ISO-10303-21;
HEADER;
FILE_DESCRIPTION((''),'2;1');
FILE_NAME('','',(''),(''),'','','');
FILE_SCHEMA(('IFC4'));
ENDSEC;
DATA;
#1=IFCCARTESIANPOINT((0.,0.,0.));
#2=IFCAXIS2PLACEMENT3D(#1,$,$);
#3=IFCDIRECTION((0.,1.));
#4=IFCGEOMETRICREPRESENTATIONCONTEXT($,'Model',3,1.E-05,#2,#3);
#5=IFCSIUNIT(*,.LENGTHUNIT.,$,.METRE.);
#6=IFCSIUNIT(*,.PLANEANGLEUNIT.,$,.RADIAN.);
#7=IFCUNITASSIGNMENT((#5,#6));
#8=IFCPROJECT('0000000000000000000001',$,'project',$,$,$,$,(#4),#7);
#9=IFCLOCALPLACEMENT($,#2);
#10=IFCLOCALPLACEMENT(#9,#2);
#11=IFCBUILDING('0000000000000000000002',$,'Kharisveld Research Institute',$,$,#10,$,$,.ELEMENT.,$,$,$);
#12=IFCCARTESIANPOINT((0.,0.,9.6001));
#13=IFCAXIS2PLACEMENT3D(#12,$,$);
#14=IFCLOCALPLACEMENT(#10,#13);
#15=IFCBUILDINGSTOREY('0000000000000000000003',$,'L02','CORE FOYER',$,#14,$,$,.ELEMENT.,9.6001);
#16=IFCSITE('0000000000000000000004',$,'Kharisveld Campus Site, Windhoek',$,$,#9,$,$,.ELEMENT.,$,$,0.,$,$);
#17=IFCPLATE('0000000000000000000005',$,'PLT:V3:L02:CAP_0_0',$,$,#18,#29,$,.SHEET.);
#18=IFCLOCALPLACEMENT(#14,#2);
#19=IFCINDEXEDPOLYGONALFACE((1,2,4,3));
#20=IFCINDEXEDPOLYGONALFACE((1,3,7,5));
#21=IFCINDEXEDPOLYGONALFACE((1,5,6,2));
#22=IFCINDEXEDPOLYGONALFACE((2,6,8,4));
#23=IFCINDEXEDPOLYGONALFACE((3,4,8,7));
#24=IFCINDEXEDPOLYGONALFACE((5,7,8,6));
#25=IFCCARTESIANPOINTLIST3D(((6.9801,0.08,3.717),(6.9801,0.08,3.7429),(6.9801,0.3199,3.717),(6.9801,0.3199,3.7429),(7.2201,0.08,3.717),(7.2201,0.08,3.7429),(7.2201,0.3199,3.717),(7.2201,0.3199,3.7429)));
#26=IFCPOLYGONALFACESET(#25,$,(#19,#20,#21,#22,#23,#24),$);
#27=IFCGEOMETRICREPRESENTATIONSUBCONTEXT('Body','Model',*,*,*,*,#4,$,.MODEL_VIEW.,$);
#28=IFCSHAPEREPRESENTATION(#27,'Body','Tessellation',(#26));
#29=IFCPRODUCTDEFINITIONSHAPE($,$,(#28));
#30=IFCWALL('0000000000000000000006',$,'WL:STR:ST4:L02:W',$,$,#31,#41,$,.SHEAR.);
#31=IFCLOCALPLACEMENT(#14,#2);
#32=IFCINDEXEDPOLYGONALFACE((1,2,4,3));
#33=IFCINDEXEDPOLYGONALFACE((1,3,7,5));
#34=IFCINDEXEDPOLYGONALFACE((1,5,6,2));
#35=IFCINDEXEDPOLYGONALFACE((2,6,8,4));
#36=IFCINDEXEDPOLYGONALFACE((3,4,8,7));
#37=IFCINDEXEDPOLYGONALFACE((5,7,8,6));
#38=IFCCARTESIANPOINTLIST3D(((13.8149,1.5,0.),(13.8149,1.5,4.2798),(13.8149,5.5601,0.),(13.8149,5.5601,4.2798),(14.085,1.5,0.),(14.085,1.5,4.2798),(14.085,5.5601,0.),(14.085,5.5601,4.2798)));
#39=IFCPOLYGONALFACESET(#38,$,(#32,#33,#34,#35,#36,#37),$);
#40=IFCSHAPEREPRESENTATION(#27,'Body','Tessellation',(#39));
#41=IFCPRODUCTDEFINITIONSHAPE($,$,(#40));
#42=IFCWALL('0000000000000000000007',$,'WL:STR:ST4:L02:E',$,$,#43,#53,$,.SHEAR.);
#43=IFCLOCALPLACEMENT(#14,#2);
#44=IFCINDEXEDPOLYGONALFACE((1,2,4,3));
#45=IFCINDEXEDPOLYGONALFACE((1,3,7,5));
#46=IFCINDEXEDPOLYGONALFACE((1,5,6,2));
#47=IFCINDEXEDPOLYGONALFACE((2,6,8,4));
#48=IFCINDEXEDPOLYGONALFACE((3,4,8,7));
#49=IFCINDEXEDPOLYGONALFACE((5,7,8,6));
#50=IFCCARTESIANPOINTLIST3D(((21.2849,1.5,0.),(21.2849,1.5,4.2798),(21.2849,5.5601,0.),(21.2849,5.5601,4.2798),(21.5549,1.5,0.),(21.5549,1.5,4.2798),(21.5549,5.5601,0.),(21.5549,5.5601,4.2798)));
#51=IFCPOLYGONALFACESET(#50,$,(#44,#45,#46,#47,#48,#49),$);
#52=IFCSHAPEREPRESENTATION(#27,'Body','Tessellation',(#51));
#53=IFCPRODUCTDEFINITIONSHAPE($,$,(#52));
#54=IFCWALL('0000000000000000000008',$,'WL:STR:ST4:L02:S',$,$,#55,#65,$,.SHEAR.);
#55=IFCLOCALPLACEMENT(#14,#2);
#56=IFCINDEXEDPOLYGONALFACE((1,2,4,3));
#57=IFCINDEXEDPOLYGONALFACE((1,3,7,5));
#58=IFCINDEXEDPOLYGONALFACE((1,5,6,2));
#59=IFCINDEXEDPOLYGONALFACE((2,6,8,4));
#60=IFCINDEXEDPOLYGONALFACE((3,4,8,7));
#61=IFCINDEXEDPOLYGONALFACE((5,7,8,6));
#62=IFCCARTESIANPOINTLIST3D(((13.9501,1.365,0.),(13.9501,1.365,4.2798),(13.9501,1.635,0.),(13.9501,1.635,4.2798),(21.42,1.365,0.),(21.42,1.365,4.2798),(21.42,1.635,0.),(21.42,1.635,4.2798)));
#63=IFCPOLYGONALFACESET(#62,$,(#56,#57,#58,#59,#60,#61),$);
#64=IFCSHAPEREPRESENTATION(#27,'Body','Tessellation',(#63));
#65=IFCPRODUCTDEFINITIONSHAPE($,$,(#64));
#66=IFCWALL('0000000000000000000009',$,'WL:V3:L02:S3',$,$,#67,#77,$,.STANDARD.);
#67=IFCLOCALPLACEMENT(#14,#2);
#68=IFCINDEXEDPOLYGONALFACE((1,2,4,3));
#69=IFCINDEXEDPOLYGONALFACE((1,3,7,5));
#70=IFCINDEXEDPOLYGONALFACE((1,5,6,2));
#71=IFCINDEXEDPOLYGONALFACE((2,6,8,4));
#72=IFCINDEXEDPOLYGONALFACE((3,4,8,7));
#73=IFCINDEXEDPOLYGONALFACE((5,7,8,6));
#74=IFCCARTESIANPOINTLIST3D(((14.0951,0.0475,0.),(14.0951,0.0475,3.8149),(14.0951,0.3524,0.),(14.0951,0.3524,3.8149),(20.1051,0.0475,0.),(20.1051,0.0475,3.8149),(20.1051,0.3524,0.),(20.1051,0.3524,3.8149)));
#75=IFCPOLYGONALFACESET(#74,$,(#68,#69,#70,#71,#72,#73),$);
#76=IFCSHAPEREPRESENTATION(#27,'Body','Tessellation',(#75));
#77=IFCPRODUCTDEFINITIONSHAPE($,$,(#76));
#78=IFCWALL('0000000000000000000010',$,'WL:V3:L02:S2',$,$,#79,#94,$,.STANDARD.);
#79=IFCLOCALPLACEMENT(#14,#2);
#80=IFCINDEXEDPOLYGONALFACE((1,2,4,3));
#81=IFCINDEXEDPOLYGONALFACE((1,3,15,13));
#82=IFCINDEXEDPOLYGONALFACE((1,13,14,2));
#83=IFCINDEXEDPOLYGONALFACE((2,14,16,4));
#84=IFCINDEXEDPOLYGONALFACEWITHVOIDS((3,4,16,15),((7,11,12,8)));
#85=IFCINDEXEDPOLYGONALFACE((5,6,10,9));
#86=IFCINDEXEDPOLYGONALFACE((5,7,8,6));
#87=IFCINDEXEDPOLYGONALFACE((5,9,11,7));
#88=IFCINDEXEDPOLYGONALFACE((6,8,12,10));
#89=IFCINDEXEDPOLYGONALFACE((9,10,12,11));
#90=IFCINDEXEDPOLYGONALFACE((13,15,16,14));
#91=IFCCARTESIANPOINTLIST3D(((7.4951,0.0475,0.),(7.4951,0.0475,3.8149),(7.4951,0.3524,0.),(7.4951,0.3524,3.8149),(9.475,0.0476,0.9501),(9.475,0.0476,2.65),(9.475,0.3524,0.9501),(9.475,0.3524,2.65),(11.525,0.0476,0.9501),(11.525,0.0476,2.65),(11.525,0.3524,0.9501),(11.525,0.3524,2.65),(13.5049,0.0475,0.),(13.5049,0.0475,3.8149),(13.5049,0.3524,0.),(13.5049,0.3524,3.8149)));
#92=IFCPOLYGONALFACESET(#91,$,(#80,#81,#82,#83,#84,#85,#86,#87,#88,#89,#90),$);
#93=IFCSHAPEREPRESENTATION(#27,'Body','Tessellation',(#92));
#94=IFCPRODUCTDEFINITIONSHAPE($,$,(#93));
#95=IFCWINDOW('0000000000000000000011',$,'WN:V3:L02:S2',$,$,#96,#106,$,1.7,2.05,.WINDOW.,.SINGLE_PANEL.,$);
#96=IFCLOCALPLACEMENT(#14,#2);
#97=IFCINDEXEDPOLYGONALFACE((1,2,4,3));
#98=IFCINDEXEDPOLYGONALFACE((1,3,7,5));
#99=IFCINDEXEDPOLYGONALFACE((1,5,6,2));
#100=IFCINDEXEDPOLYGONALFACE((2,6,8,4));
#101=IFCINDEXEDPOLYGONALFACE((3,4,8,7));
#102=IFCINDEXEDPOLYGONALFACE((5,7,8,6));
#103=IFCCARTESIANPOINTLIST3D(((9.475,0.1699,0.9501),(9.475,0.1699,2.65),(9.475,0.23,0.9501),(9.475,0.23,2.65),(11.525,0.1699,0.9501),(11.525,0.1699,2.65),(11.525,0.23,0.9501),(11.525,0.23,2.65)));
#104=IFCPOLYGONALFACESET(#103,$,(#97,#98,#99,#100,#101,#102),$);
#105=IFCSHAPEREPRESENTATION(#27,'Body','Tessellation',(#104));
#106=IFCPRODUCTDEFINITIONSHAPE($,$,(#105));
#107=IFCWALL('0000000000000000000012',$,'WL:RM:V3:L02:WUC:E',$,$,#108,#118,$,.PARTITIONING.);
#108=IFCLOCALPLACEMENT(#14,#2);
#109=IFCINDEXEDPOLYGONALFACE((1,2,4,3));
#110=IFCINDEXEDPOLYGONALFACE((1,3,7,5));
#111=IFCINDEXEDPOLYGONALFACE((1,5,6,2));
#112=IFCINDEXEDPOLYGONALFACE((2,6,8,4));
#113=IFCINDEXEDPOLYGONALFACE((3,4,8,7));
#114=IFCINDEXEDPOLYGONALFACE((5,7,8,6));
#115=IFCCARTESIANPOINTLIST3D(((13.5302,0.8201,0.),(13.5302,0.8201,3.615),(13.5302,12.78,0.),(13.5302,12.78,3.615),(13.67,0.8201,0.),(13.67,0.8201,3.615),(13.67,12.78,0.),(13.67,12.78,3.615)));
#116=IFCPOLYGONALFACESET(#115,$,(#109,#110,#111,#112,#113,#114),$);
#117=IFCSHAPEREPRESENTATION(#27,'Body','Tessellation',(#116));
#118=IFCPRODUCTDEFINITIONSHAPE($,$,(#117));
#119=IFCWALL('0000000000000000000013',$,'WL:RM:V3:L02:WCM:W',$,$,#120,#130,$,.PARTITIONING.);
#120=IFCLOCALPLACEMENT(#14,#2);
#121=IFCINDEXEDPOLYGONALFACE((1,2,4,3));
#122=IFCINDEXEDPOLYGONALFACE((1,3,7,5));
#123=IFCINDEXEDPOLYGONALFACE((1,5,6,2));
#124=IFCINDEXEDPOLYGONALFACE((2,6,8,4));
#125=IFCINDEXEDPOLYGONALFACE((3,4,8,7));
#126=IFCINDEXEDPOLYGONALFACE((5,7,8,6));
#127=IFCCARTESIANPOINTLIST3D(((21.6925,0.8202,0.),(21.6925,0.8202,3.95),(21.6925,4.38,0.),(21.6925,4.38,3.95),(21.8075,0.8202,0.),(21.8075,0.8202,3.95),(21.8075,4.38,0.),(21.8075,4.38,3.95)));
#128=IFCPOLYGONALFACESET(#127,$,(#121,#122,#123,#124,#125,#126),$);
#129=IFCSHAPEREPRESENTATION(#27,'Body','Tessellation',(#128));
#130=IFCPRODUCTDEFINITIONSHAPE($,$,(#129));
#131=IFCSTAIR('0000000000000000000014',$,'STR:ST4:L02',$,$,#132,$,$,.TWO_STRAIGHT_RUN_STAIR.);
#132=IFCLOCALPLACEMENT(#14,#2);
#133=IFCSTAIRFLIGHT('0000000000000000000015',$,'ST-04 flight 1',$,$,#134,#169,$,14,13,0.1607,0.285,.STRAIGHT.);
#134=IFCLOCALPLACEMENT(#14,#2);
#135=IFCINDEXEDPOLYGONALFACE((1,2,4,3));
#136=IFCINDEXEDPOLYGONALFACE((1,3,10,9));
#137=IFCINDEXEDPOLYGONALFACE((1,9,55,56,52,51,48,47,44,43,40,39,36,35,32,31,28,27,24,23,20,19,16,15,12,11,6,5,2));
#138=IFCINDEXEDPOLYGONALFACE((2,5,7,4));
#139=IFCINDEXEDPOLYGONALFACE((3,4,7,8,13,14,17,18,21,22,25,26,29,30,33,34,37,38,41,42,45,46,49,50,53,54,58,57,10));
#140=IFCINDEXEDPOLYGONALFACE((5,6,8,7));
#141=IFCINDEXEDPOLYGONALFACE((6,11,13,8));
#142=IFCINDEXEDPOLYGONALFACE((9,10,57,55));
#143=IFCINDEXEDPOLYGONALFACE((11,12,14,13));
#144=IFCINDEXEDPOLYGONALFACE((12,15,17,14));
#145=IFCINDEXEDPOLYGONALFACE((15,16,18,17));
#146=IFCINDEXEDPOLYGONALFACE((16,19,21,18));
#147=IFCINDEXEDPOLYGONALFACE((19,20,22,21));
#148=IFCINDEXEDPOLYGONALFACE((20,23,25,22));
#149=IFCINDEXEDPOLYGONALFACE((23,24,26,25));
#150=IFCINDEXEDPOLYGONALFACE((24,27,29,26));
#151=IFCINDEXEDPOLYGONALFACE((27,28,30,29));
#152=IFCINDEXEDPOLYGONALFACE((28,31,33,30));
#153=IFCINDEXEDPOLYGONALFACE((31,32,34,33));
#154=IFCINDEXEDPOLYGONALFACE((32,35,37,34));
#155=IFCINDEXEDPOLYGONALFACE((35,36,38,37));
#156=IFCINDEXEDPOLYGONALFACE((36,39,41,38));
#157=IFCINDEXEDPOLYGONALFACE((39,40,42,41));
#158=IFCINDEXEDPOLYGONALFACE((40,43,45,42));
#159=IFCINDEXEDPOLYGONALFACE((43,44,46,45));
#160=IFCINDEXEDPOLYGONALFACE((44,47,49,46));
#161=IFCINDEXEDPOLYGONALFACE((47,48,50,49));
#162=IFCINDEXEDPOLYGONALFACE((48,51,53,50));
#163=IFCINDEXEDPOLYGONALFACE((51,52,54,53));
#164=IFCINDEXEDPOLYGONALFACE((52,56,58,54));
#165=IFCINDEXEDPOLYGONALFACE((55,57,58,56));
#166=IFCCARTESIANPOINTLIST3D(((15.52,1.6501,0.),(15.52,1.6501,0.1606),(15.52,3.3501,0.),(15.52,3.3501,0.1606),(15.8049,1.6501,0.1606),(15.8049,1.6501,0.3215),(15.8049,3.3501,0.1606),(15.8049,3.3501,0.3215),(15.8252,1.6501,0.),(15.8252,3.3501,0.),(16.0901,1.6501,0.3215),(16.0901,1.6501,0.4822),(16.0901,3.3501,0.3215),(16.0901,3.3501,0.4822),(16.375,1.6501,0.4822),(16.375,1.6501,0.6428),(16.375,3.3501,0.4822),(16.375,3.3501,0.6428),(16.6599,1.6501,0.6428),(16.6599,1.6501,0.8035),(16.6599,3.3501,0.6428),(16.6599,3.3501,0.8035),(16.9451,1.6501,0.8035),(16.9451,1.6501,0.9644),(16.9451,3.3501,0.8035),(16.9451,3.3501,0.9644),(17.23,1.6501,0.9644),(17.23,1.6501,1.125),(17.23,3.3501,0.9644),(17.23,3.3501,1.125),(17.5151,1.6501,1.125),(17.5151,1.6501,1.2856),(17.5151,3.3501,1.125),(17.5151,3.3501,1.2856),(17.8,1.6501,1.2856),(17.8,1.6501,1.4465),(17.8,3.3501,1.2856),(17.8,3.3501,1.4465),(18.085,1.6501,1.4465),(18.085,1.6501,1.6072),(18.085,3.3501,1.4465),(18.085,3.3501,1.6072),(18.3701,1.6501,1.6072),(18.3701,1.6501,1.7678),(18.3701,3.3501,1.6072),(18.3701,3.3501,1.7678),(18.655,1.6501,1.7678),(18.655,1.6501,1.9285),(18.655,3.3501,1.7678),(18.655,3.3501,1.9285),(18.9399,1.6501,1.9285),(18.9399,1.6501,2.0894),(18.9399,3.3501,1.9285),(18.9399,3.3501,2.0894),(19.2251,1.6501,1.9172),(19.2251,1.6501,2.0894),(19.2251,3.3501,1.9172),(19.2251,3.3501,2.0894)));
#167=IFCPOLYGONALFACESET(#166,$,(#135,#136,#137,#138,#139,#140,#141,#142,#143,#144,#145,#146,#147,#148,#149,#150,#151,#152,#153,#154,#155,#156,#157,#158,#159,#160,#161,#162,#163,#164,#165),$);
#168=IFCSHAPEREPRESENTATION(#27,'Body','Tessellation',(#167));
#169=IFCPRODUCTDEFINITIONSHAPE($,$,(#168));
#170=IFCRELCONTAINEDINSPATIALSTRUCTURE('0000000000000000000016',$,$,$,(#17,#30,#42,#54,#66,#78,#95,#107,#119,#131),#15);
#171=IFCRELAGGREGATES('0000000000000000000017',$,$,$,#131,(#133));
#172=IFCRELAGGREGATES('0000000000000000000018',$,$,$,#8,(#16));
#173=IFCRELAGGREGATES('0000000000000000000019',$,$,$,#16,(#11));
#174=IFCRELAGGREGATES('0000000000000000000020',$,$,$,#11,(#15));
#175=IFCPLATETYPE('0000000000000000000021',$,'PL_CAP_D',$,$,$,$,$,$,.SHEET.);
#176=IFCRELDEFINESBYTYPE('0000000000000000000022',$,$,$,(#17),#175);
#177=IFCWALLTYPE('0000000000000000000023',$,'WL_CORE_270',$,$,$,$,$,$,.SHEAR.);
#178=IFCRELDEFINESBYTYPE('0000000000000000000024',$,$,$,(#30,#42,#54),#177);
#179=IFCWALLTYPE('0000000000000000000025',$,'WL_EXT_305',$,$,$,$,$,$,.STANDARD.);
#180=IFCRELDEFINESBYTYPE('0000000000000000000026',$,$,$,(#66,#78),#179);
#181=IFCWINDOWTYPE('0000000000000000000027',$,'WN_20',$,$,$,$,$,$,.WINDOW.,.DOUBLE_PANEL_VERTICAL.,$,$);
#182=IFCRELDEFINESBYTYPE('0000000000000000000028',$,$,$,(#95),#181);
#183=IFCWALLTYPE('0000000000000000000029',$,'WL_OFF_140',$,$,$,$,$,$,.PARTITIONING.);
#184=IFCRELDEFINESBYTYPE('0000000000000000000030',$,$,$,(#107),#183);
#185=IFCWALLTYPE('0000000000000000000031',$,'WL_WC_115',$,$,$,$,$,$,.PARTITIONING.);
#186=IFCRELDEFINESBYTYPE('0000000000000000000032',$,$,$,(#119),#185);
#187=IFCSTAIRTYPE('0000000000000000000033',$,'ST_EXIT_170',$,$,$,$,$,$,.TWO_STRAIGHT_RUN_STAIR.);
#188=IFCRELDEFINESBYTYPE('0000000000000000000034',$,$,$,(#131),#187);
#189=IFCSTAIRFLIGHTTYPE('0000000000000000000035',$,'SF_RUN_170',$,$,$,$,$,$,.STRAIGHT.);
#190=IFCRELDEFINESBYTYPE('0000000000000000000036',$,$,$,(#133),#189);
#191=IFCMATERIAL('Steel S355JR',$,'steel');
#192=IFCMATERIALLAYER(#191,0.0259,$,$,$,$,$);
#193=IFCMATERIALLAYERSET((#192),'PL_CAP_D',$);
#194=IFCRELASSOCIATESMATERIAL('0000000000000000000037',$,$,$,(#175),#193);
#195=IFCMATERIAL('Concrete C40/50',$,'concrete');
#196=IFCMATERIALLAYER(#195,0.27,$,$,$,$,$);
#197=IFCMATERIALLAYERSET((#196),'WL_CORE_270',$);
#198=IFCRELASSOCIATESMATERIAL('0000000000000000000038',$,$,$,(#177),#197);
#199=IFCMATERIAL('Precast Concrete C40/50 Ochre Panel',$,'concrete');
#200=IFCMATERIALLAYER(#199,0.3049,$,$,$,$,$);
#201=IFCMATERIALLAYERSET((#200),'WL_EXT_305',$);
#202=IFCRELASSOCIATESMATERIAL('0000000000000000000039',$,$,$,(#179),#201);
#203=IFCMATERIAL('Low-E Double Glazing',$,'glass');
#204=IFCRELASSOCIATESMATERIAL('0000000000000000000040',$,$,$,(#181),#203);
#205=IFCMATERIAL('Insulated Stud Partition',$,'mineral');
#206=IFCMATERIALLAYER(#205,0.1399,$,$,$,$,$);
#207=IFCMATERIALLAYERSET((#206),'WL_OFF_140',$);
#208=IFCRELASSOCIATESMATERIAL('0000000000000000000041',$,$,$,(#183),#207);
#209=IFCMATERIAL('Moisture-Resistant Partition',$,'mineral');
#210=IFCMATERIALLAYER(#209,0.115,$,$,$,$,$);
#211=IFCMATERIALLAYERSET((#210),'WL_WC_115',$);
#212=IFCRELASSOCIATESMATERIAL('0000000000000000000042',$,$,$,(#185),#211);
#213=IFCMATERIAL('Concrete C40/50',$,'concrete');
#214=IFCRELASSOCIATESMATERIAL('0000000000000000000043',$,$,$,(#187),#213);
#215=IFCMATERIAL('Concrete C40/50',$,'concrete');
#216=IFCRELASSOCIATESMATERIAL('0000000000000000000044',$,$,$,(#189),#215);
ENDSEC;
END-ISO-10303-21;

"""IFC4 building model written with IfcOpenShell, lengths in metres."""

from ifc_helpers import new_model, si_unit, direction, frame, frame_2d, origin, origin_2d, place, context, subcontext, project, spatial, polyline, rectangle, outline, extrude, material, layer, layer_set, type_object, element, fill, aggregate, save


model = new_model("IFC4")

# Units and contexts
model_context = context("Model", 3, precision=1e-05, world=origin(), true_north=direction((0.0, 1.0)))
body_context = subcontext(model_context, "Body", "Model", "MODEL_VIEW")
ifc_project = project(units=[si_unit("LENGTHUNIT", "METRE"), si_unit("PLANEANGLEUNIT", "RADIAN")], contexts=[model_context])

# Site, building, storey
site_placement = place(None, origin())
site = spatial("IfcSite", under=ifc_project, at=site_placement, Name="Kharisveld Campus Site, Windhoek", CompositionType="ELEMENT", RefElevation=0.0)
building_placement = place(site_placement, origin())
building = spatial("IfcBuilding", under=site, at=building_placement, Name="Kharisveld Research Institute", CompositionType="ELEMENT")
storey_placement = place(building_placement, frame((0.0, 0.0, 9.6001)))
storey = spatial("IfcBuildingStorey", under=building, at=storey_placement, Name="L02", Description="CORE FOYER", CompositionType="ELEMENT", Elevation=9.6001)

# Plate
ifc_material_1 = material(Name="Steel S355JR", Category="steel")
ifc_layer_1 = layer(ifc_material_1, 0.0259)
ifc_layer_set_1 = layer_set([ifc_layer_1], Name="PL_CAP_D")
plate_type = type_object("IfcPlateType", Name="PL_CAP_D", PredefinedType="SHEET", material=ifc_layer_set_1)
plate_placement = place(storey_placement, frame((7.1001, 0.2, 3.717), z_axis=(0.0, 0.0, 1.0), x_axis=(1.0, 0.0, 0.0)))
element("IfcPlate", 1, at=plate_placement, inside=storey, type_object=plate_type, Name="PLT:V3:L02:CAP_0_0", PredefinedType="SHEET", context=body_context, shape_type="SweptSolid", body=[
    extrude(rectangle(XDim=0.24, YDim=0.24, at=origin_2d()), origin(), (0.0, 0.0, 1.0), 0.0259),
])

# Wall
ifc_material_2 = material(Name="Concrete C40/50", Category="concrete")
ifc_layer_2 = layer(ifc_material_2, 0.27)
ifc_layer_set_2 = layer_set([ifc_layer_2], Name="WL_CORE_270")
wall_type_1 = type_object("IfcWallType", Name="WL_CORE_270", PredefinedType="SHEAR", material=ifc_layer_set_2)
wall_1_placement = place(storey_placement, frame((13.95, 1.5, 0.0), z_axis=(0.0, 0.0, 1.0), x_axis=(0.0, 1.0, 0.0)))
element("IfcWall", 2, at=wall_1_placement, inside=storey, type_object=wall_type_1, Name="WL:STR:ST4:L02:W", PredefinedType="SHEAR", context=body_context, shape_type="SweptSolid", body=[
    extrude(rectangle(XDim=4.0601, YDim=0.27, at=frame_2d((2.03, 0.0))), origin(), (0.0, 0.0, 1.0), 4.2798),
])

# Walls
wall_2_placement = place(storey_placement, frame((21.4199, 5.5601, 0.0), z_axis=(0.0, 0.0, 1.0), x_axis=(0.0, -1.0, 0.0)))
element("IfcWall", 3, at=wall_2_placement, inside=storey, type_object=wall_type_1, Name="WL:STR:ST4:L02:E", PredefinedType="SHEAR", context=body_context, shape_type="SweptSolid", body=[
    extrude(rectangle(XDim=4.0601, YDim=0.27, at=frame_2d((2.03, 0.0))), origin(), (0.0, 0.0, 1.0), 4.2798),
])
wall_3_placement = place(storey_placement, frame((21.4199, 1.5, 0.0), z_axis=(0.0, 0.0, 1.0), x_axis=(-1.0, 0.0, 0.0)))
element("IfcWall", 4, at=wall_3_placement, inside=storey, type_object=wall_type_1, Name="WL:STR:ST4:L02:S", PredefinedType="SHEAR", context=body_context, shape_type="SweptSolid", body=[
    extrude(rectangle(XDim=7.47, YDim=0.27, at=frame_2d((3.7349, 0.0))), origin(), (0.0, 0.0, 1.0), 4.2798),
])
ifc_material_3 = material(Name="Precast Concrete C40/50 Ochre Panel", Category="concrete")
ifc_layer_3 = layer(ifc_material_3, 0.3049)
ifc_layer_set_3 = layer_set([ifc_layer_3], Name="WL_EXT_305")
wall_type_2 = type_object("IfcWallType", Name="WL_EXT_305", PredefinedType="STANDARD", material=ifc_layer_set_3)
wall_4_placement = place(storey_placement, frame((20.105, 0.2, 0.0), z_axis=(0.0, 0.0, 1.0), x_axis=(-1.0, 0.0, 0.0)))
element("IfcWall", 5, at=wall_4_placement, inside=storey, type_object=wall_type_2, Name="WL:V3:L02:S3", PredefinedType="STANDARD", context=body_context, shape_type="SweptSolid", body=[
    extrude(rectangle(XDim=6.01, YDim=0.3049, at=frame_2d((3.0049, 0.0))), origin(), (0.0, 0.0, 1.0), 3.8149),
])

# Wall, opening, window
wall_5_placement = place(storey_placement, frame((13.5049, 0.2, 0.0), z_axis=(0.0, 0.0, 1.0), x_axis=(-1.0, 0.0, 0.0)))
wall_5 = element("IfcWall", 6, at=wall_5_placement, inside=storey, type_object=wall_type_2, Name="WL:V3:L02:S2", PredefinedType="STANDARD", context=body_context, shape_type="SweptSolid", body=[
    extrude(rectangle(XDim=6.0098, YDim=0.3049, at=frame_2d((3.0049, 0.0))), origin(), (0.0, 0.0, 1.0), 3.8149),
])
opening_1_placement = place(wall_5_placement, frame((1.98, 0.0, 0.95)))
opening_1 = element("IfcOpeningElement", 7, at=opening_1_placement, cuts=wall_5, PredefinedType="OPENING", context=body_context, shape_type="SweptSolid", body=[
    extrude(rectangle(XDim=2.05, YDim=1.7, at=frame_2d((1.0249, 0.8501))), frame((0.0, 0.1523, 0.0), z_axis=(0.0, -1.0, 0.0), x_axis=(1.0, 0.0, 0.0)), (0.0, 0.0, 1.0), 0.3049),
])
ifc_material_4 = material(Name="Low-E Double Glazing", Category="glass")
window_type = type_object("IfcWindowType", Name="WN_20", PartitioningType="DOUBLE_PANEL_VERTICAL", PredefinedType="WINDOW", material=ifc_material_4)
window_placement = place(opening_1_placement, origin())
window = element("IfcWindow", 8, at=window_placement, inside=storey, type_object=window_type, Name="WN:V3:L02:S2", OverallHeight=1.7, OverallWidth=2.05, PartitioningType="SINGLE_PANEL", PredefinedType="WINDOW", context=body_context, shape_type="SweptSolid", body=[
    extrude(rectangle(XDim=2.05, YDim=1.7, at=frame_2d((1.0249, 0.8501))), frame((0.0, 0.03, 0.0), z_axis=(0.0, -1.0, 0.0), x_axis=(1.0, 0.0, 0.0)), (0.0, 0.0, 1.0), 0.0601),
])
fill(opening_1, window)

# Walls
ifc_material_5 = material(Name="Insulated Stud Partition", Category="mineral")
ifc_layer_4 = layer(ifc_material_5, 0.1399)
ifc_layer_set_4 = layer_set([ifc_layer_4], Name="WL_OFF_140")
wall_type_3 = type_object("IfcWallType", Name="WL_OFF_140", PredefinedType="PARTITIONING", material=ifc_layer_set_4)
wall_6_placement = place(storey_placement, frame((13.6001, 0.8201, 0.0), z_axis=(0.0, 0.0, 1.0), x_axis=(0.0, 1.0, 0.0)))
element("IfcWall", 9, at=wall_6_placement, inside=storey, type_object=wall_type_3, Name="WL:RM:V3:L02:WUC:E", PredefinedType="PARTITIONING", context=body_context, shape_type="SweptSolid", body=[
    extrude(rectangle(XDim=11.96, YDim=0.1399, at=frame_2d((5.98, 0.0))), origin(), (0.0, 0.0, 1.0), 3.615),
])
ifc_material_6 = material(Name="Moisture-Resistant Partition", Category="mineral")
ifc_layer_5 = layer(ifc_material_6, 0.115)
ifc_layer_set_5 = layer_set([ifc_layer_5], Name="WL_WC_115")
wall_type_4 = type_object("IfcWallType", Name="WL_WC_115", PredefinedType="PARTITIONING", material=ifc_layer_set_5)
wall_7_placement = place(storey_placement, frame((21.75, 4.3799, 0.0), z_axis=(0.0, 0.0, 1.0), x_axis=(0.0, -1.0, 0.0)))
element("IfcWall", 10, at=wall_7_placement, inside=storey, type_object=wall_type_4, Name="WL:RM:V3:L02:WCM:W", PredefinedType="PARTITIONING", context=body_context, shape_type="SweptSolid", body=[
    extrude(rectangle(XDim=3.5598, YDim=0.115, at=frame_2d((1.7798, 0.0))), origin(), (0.0, 0.0, 1.0), 3.95),
])

# Stair, stair flight
ifc_material_7 = material(Name="Concrete C40/50", Category="concrete")
stair_type = type_object("IfcStairType", Name="ST_EXIT_170", PredefinedType="TWO_STRAIGHT_RUN_STAIR", material=ifc_material_7)
stair_placement = place(storey_placement, origin())
stair = element("IfcStair", 11, at=stair_placement, inside=storey, type_object=stair_type, Name="STR:ST4:L02", PredefinedType="TWO_STRAIGHT_RUN_STAIR")
ifc_material_8 = material(Name="Concrete C40/50", Category="concrete")
stair_flight_type = type_object("IfcStairFlightType", Name="SF_RUN_170", PredefinedType="STRAIGHT", material=ifc_material_8)
stair_flight_1_placement = place(storey_placement, frame((15.52, 2.5, 0.0), z_axis=(0.0, 0.0, 1.0), x_axis=(1.0, 0.0, 0.0)))
stair_flight_1 = element("IfcStairFlight", 12, at=stair_flight_1_placement, type_object=stair_flight_type, Name="ST-04 flight 1", NumberOfRisers=14, NumberOfTreads=13, PredefinedType="STRAIGHT", RiserHeight=0.1607, TreadLength=0.285, context=body_context, shape_type="SweptSolid", body=[
    extrude(outline(polyline([(0.0, 0.0), (0.0, 0.1606), (0.2849, 0.1606), (0.2849, 0.3215), (0.5701, 0.3215), (0.5701, 0.4822), (0.855, 0.4822), (0.855, 0.6428), (1.1399, 0.6428), (1.1399, 0.8035), (1.425, 0.8035), (1.425, 0.9644), (1.71, 0.9644), (1.71, 1.125), (1.9951, 1.125), (1.9951, 1.2856), (2.28, 1.2856), (2.28, 1.4465), (2.5649, 1.4465), (2.5649, 1.6072), (2.8501, 1.6072), (2.8501, 1.7678), (3.135, 1.7678), (3.135, 1.9285), (3.4199, 1.9285), (3.4199, 2.0894), (3.7051, 2.0894), (3.7051, 2.25), (3.7051, 1.9172), (0.3052, 0.0), (0.0, 0.0)])), frame((0.0, 0.8501, 0.0), z_axis=(0.0, -1.0, 0.0), x_axis=(1.0, 0.0, 0.0)), (0.0, 0.0, 1.0), 1.7),
])
aggregate(stair, [stair_flight_1])

save(model, "model.ifc")
